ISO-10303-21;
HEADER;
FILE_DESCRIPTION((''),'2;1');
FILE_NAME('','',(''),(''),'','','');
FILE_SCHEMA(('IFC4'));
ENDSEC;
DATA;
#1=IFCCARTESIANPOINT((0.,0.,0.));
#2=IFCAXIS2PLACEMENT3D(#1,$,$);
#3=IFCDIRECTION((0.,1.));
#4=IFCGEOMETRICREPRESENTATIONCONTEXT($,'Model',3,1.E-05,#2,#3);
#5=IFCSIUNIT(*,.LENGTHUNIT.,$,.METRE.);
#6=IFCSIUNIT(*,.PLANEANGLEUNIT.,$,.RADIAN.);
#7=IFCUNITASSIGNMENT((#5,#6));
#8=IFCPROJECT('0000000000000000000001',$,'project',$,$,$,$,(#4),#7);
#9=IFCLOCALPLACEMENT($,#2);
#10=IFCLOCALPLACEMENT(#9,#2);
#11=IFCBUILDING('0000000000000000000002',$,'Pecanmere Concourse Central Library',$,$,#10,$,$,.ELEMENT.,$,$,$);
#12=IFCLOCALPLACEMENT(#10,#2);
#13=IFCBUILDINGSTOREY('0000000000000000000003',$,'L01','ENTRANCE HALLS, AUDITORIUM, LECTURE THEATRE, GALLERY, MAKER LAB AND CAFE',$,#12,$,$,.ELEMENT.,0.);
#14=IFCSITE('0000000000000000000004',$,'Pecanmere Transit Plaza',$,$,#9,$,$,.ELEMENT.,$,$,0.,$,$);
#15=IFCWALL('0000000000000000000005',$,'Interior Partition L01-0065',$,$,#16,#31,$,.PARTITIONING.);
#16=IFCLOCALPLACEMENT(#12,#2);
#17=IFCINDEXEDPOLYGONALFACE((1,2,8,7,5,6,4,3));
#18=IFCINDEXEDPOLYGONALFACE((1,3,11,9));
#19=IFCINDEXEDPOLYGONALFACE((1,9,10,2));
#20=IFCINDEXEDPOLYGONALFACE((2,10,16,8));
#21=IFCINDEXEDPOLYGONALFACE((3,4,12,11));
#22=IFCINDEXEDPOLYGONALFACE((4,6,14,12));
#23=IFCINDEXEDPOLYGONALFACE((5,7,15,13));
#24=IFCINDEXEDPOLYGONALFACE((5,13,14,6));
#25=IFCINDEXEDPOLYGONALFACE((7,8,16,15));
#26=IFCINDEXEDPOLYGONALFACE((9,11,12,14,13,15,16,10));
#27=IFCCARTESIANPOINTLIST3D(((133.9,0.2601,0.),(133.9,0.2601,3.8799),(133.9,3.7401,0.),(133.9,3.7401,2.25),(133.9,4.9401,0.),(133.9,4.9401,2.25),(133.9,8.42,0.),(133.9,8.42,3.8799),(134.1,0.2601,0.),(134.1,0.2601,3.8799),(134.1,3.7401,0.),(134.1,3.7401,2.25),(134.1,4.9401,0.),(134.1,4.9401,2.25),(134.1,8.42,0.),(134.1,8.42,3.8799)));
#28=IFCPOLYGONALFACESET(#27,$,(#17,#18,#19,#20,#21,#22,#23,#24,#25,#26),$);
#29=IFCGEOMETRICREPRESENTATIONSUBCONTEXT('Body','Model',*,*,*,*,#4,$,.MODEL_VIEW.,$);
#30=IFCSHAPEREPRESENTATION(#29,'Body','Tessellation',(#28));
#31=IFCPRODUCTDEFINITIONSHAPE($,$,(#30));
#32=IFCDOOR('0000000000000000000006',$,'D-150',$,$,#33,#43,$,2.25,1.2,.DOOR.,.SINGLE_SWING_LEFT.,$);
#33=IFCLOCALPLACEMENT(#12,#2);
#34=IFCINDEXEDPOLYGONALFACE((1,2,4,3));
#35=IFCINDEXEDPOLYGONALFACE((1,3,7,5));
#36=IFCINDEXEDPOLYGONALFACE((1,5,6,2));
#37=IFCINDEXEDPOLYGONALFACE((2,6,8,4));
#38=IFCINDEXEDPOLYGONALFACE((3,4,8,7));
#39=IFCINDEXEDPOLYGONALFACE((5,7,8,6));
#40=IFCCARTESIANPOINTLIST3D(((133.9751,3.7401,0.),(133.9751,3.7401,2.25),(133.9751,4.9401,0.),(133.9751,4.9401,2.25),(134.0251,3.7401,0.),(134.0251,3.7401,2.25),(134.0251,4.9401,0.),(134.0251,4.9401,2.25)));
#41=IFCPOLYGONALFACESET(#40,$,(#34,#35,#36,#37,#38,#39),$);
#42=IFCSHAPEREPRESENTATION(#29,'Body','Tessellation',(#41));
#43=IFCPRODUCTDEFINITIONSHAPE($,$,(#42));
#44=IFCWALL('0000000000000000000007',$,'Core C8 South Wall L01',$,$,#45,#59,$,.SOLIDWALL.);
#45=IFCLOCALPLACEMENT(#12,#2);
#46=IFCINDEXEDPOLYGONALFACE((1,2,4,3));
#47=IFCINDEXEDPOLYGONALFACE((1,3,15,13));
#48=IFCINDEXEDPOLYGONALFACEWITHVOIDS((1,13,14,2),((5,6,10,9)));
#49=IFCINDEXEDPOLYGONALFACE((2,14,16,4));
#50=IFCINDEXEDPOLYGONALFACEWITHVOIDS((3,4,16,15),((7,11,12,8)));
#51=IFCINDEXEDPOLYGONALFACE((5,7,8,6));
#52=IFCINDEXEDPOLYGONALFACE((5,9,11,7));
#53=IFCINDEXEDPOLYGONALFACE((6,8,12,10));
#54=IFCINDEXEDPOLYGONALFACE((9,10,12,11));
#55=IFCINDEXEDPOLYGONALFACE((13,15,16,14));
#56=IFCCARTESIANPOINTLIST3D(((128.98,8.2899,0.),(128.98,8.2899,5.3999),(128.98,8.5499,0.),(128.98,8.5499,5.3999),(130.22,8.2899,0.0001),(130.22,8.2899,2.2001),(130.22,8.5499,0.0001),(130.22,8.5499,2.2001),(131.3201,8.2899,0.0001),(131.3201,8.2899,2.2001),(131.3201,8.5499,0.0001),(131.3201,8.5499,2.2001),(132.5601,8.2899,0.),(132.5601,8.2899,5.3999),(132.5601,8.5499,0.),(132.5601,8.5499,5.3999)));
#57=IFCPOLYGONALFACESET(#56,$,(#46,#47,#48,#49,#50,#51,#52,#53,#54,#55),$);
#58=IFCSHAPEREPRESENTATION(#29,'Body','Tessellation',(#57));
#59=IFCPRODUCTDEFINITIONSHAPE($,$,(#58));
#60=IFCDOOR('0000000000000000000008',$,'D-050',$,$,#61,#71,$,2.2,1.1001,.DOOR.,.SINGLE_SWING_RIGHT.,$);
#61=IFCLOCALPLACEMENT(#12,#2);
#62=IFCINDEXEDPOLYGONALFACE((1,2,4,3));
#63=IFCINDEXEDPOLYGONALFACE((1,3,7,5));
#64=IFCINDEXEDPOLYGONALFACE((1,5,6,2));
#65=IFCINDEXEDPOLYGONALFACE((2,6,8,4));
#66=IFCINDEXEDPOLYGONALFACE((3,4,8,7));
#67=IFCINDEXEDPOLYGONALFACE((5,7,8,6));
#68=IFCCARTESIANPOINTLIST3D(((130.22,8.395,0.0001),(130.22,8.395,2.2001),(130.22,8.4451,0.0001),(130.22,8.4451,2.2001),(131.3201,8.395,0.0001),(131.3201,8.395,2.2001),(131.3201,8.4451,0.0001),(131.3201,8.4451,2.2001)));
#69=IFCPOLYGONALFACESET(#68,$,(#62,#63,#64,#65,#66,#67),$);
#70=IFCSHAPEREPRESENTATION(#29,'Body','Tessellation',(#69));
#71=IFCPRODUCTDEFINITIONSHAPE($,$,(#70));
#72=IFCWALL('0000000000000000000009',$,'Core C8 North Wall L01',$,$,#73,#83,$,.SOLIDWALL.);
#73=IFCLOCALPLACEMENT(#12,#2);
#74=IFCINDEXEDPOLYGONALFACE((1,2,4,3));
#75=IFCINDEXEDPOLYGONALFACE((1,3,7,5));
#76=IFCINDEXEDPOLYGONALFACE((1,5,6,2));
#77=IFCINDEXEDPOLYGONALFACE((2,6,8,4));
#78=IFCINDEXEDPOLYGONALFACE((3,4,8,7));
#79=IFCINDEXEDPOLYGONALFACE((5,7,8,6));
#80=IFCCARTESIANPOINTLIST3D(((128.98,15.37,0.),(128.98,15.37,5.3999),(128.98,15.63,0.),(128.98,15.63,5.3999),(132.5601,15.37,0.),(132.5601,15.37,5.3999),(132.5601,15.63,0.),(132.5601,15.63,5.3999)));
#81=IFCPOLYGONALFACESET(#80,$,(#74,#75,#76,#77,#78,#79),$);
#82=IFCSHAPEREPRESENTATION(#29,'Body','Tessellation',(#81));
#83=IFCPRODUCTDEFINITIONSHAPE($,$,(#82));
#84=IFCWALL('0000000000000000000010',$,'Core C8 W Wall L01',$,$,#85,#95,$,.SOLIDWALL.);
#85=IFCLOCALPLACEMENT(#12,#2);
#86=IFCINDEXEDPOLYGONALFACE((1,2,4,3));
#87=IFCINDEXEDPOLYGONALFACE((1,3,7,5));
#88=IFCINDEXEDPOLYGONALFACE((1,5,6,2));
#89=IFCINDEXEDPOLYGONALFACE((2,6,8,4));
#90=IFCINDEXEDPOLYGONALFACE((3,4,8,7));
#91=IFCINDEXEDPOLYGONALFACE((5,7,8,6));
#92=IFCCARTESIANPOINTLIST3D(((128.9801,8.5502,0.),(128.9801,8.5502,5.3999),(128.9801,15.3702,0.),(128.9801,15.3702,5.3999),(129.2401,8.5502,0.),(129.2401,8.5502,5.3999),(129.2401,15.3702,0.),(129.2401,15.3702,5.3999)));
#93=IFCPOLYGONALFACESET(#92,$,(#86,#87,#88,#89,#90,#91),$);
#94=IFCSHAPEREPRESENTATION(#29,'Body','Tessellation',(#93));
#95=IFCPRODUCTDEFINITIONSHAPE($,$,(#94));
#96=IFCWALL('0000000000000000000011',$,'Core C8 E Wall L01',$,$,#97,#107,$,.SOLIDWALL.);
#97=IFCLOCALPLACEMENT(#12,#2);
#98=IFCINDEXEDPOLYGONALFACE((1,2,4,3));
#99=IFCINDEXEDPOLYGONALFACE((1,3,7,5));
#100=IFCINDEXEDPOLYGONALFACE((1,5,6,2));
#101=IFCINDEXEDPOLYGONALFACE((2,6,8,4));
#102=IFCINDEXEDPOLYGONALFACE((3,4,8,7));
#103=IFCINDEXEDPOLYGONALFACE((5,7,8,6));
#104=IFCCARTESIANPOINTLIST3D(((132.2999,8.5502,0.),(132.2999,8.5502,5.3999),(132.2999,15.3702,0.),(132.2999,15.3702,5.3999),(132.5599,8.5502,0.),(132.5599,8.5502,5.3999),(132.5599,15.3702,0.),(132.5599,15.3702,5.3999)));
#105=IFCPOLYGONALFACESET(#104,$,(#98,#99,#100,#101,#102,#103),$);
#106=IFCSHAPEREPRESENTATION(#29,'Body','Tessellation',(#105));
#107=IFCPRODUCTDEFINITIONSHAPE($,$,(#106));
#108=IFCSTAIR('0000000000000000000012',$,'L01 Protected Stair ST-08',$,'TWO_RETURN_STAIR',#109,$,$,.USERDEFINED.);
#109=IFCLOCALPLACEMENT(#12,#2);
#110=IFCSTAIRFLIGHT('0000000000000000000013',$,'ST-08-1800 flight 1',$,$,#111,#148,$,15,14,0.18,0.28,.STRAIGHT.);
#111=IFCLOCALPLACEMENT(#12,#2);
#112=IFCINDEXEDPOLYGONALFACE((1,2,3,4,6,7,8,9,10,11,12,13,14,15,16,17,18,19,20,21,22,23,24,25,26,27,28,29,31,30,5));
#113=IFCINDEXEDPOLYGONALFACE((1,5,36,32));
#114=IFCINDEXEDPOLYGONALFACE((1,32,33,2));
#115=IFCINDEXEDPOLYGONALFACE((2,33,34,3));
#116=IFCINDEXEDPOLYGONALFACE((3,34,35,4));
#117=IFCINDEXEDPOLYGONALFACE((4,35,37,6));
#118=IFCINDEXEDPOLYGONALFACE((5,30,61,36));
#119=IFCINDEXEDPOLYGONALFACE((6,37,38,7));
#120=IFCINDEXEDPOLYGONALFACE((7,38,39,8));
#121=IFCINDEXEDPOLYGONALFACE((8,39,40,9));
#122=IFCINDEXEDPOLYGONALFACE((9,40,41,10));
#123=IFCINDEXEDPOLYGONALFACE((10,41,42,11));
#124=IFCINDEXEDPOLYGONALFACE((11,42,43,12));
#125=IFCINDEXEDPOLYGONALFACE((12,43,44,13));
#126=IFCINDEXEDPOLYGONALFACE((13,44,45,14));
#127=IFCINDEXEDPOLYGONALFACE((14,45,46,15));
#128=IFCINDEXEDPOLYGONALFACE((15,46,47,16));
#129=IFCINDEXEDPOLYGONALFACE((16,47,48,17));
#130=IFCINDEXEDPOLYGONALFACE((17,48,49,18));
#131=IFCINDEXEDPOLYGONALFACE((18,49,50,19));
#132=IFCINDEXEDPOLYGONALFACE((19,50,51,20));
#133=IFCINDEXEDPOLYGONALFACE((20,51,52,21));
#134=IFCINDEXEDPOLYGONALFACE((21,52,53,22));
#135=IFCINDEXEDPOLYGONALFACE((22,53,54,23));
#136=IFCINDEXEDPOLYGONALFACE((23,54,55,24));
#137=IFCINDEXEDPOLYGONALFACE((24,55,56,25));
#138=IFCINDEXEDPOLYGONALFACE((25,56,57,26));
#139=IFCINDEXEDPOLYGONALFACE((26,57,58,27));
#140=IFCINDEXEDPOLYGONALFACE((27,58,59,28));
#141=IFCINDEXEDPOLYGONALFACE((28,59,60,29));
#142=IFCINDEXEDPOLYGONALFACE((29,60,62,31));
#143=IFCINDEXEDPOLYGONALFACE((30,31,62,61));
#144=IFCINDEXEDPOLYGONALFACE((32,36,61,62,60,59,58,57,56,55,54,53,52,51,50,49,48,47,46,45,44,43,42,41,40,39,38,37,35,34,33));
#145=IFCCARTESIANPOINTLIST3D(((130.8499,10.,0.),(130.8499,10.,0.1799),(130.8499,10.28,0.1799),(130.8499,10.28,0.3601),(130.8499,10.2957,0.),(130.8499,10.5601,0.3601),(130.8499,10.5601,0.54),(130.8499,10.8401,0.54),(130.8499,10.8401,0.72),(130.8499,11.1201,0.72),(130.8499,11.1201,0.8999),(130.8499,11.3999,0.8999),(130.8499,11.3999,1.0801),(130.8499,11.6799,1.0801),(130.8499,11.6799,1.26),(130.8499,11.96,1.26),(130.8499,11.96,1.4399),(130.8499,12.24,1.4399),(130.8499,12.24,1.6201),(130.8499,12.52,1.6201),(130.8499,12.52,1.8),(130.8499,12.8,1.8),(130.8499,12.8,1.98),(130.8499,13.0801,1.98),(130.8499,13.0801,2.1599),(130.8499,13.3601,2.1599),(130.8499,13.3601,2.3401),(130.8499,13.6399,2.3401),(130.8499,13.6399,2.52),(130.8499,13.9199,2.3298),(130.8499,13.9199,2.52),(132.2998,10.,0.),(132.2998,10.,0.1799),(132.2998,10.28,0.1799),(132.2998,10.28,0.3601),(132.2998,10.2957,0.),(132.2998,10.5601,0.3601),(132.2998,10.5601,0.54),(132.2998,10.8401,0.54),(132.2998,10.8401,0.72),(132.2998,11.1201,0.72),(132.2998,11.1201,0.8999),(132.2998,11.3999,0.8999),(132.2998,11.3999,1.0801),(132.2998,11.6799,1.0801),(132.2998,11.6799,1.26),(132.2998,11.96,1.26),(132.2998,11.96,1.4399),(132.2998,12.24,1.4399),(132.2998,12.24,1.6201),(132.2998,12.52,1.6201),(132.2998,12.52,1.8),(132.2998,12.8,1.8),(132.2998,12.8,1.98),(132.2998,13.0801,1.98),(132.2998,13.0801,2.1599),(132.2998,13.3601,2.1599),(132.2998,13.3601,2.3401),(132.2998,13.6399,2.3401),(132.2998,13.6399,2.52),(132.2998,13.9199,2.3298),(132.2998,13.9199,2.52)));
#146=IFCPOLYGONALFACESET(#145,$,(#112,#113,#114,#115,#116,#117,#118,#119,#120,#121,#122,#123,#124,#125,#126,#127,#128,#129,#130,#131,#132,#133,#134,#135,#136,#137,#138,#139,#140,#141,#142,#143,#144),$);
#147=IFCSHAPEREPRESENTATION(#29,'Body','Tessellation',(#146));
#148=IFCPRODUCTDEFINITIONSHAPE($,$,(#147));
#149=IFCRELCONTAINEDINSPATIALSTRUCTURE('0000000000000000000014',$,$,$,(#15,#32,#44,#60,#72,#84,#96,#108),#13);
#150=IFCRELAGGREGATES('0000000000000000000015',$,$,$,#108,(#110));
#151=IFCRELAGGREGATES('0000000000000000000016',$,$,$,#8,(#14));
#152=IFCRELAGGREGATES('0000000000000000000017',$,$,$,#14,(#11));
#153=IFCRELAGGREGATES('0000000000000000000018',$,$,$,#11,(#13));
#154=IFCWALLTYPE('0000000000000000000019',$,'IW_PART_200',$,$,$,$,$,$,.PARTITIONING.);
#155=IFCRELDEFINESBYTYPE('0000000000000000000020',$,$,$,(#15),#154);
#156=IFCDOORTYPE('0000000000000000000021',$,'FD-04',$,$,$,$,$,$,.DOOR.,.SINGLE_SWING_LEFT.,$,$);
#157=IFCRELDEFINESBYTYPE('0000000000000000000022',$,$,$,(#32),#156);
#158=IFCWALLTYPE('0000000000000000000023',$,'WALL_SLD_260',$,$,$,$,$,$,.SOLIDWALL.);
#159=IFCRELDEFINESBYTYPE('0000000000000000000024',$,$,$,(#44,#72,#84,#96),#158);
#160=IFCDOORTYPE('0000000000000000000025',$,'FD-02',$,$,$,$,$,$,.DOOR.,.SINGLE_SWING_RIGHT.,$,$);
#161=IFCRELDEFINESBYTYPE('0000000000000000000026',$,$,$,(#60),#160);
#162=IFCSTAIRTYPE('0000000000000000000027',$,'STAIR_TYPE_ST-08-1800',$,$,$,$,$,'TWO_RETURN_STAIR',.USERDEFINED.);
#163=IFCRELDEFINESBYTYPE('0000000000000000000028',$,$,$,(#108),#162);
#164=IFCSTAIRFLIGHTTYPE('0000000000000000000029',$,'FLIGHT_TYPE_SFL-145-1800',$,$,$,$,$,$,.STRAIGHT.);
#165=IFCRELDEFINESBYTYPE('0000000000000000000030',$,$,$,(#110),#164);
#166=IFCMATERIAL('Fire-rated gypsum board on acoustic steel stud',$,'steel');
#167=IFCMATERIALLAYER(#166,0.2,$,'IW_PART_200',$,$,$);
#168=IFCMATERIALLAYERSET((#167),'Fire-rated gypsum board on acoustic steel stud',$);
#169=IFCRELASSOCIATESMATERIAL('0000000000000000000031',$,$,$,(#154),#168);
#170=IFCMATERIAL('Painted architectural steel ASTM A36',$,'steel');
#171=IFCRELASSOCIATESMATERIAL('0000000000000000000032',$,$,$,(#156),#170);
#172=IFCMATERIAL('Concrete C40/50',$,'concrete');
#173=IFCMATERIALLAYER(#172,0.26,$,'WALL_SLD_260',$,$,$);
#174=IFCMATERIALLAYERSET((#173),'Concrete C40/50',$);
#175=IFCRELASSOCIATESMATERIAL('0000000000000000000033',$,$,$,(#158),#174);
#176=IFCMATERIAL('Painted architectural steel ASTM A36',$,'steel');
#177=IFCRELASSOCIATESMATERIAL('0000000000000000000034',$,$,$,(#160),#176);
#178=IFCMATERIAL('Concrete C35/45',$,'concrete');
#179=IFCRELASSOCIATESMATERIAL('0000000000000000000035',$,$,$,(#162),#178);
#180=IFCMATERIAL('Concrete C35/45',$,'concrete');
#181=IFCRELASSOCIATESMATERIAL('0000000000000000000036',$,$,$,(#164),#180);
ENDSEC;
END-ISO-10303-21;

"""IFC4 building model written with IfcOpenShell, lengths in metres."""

from ifc_helpers import new_model, si_unit, direction, frame, frame_2d, origin, place, context, subcontext, project, spatial, polyline, rectangle, outline, extrude, material, layer, layer_set, type_object, element, fill, aggregate, save


model = new_model("IFC4")

# Units and contexts
model_context = context("Model", 3, precision=1e-05, world=origin(), true_north=direction((0.0, 1.0)))
body_context = subcontext(model_context, "Body", "Model", "MODEL_VIEW")
ifc_project = project(units=[si_unit("LENGTHUNIT", "METRE"), si_unit("PLANEANGLEUNIT", "RADIAN")], contexts=[model_context])

# Site, building, storey
site_placement = place(None, origin())
site = spatial("IfcSite", under=ifc_project, at=site_placement, Name="Pecanmere Transit Plaza", CompositionType="ELEMENT", RefElevation=0.0)
building_placement = place(site_placement, origin())
building = spatial("IfcBuilding", under=site, at=building_placement, Name="Pecanmere Concourse Central Library", CompositionType="ELEMENT")
storey_placement = place(building_placement, origin())
storey = spatial("IfcBuildingStorey", under=building, at=storey_placement, Name="L01", Description="ENTRANCE HALLS, AUDITORIUM, LECTURE THEATRE, GALLERY, MAKER LAB AND CAFE", CompositionType="ELEMENT", Elevation=0.0)

# Walls, openings, doors
ifc_material_1 = material(Name="Fire-rated gypsum board on acoustic steel stud", Category="steel")
ifc_layer_1 = layer(ifc_material_1, 0.2, Name="IW_PART_200")
ifc_layer_set_1 = layer_set([ifc_layer_1], Name="Fire-rated gypsum board on acoustic steel stud")
wall_type_1 = type_object("IfcWallType", Name="IW_PART_200", PredefinedType="PARTITIONING", material=ifc_layer_set_1)
wall_1_placement = place(storey_placement, frame((134.0, 0.26, 0.0), z_axis=(0.0, 0.0, 1.0), x_axis=(0.0, 1.0, 0.0)))
wall_1 = element("IfcWall", 1, at=wall_1_placement, inside=storey, type_object=wall_type_1, Name="Interior Partition L01-0065", PredefinedType="PARTITIONING", context=body_context, shape_type="SweptSolid", body=[
    extrude(rectangle(XDim=8.1599, YDim=0.2, at=frame_2d((4.0801, 0.0))), origin(), (0.0, 0.0, 1.0), 3.8799),
])
opening_1_placement = place(wall_1_placement, frame((3.48, 0.0, 0.0)))
opening_1 = element("IfcOpeningElement", 2, at=opening_1_placement, cuts=wall_1, PredefinedType="OPENING", context=body_context, shape_type="SweptSolid", body=[
    extrude(rectangle(XDim=1.2, YDim=2.25, at=frame_2d((0.6001, 1.125))), frame((0.0, 0.1118, 0.0), z_axis=(0.0, -1.0, 0.0), x_axis=(1.0, 0.0, 0.0)), (0.0, 0.0, 1.0), 0.2239),
])
ifc_material_2 = material(Name="Painted architectural steel ASTM A36", Category="steel")
door_type_1 = type_object("IfcDoorType", Name="FD-04", OperationType="SINGLE_SWING_LEFT", PredefinedType="DOOR", material=ifc_material_2)
door_1_placement = place(opening_1_placement, origin())
door_1 = element("IfcDoor", 3, at=door_1_placement, inside=storey, type_object=door_type_1, Name="D-150", OperationType="SINGLE_SWING_LEFT", OverallHeight=2.25, OverallWidth=1.2, PredefinedType="DOOR", context=body_context, shape_type="SweptSolid", body=[
    extrude(rectangle(XDim=1.2, YDim=2.25, at=frame_2d((0.6001, 1.125))), frame((0.0, 0.0249, 0.0), z_axis=(0.0, -1.0, 0.0), x_axis=(1.0, 0.0, 0.0)), (0.0, 0.0, 1.0), 0.05),
])
fill(opening_1, door_1)
ifc_material_3 = material(Name="Concrete C40/50", Category="concrete")
ifc_layer_2 = layer(ifc_material_3, 0.26, Name="WALL_SLD_260")
ifc_layer_set_2 = layer_set([ifc_layer_2], Name="Concrete C40/50")
wall_type_2 = type_object("IfcWallType", Name="WALL_SLD_260", PredefinedType="SOLIDWALL", material=ifc_layer_set_2)
wall_2_placement = place(storey_placement, frame((128.98, 8.4199, 0.0), z_axis=(0.0, 0.0, 1.0), x_axis=(1.0, 0.0, 0.0)))
wall_2 = element("IfcWall", 4, at=wall_2_placement, inside=storey, type_object=wall_type_2, Name="Core C8 South Wall L01", PredefinedType="SOLIDWALL", context=body_context, shape_type="SweptSolid", body=[
    extrude(rectangle(XDim=3.5801, YDim=0.26, at=frame_2d((1.79, 0.0))), origin(), (0.0, 0.0, 1.0), 5.3999),
])
opening_2_placement = place(wall_2_placement, frame((1.24, 0.0, 0.0)))
opening_2 = element("IfcOpeningElement", 5, at=opening_2_placement, cuts=wall_2, PredefinedType="OPENING", context=body_context, shape_type="SweptSolid", body=[
    extrude(rectangle(XDim=1.1001, YDim=2.2, at=frame_2d((0.55, 1.1001))), frame((0.0, 0.1421, 0.0), z_axis=(0.0, -1.0, 0.0), x_axis=(1.0, 0.0, 0.0)), (0.0, 0.0, 1.0), 0.2839),
])
ifc_material_4 = material(Name="Painted architectural steel ASTM A36", Category="steel")
door_type_2 = type_object("IfcDoorType", Name="FD-02", OperationType="SINGLE_SWING_RIGHT", PredefinedType="DOOR", material=ifc_material_4)
door_2_placement = place(opening_2_placement, frame((1.1001, 0.0, 0.0), z_axis=(0.0, 0.0, 1.0), x_axis=(-1.0, 0.0, 0.0)))
door_2 = element("IfcDoor", 6, at=door_2_placement, inside=storey, type_object=door_type_2, Name="D-050", OperationType="SINGLE_SWING_RIGHT", OverallHeight=2.2, OverallWidth=1.1001, PredefinedType="DOOR", context=body_context, shape_type="SweptSolid", body=[
    extrude(rectangle(XDim=1.1001, YDim=2.2, at=frame_2d((0.55, 1.1001))), frame((0.0, 0.0249, 0.0), z_axis=(0.0, -1.0, 0.0), x_axis=(1.0, 0.0, 0.0)), (0.0, 0.0, 1.0), 0.05),
])
fill(opening_2, door_2)

# Walls
wall_3_placement = place(storey_placement, frame((128.98, 15.5, 0.0), z_axis=(0.0, 0.0, 1.0), x_axis=(1.0, 0.0, 0.0)))
element("IfcWall", 7, at=wall_3_placement, inside=storey, type_object=wall_type_2, Name="Core C8 North Wall L01", PredefinedType="SOLIDWALL", context=body_context, shape_type="SweptSolid", body=[
    extrude(rectangle(XDim=3.5801, YDim=0.26, at=frame_2d((1.79, 0.0))), origin(), (0.0, 0.0, 1.0), 5.3999),
])
for number, where, z_axis, x_axis, name in (
    (8, (129.1101, 8.55, 0.0), (0.0, 0.0, 1.0), (0.0, 1.0, 0.0), "Core C8 W Wall L01"),
    (9, (132.4299, 8.55, 0.0), (0.0, 0.0, 1.0), (0.0, 1.0, 0.0), "Core C8 E Wall L01"),
):
    element("IfcWall", number, at=place(storey_placement, frame(where, z_axis=z_axis, x_axis=x_axis)), inside=storey, type_object=wall_type_2, Name=name, PredefinedType="SOLIDWALL", context=body_context, shape_type="SweptSolid", body=[
        extrude(rectangle(XDim=6.8201, YDim=0.26, at=frame_2d((3.4102, 0.0))), origin(), (0.0, 0.0, 1.0), 5.3999),
    ])

# Stair, stair flight
ifc_material_5 = material(Name="Concrete C35/45", Category="concrete")
stair_type = type_object("IfcStairType", Name="STAIR_TYPE_ST-08-1800", ElementType="TWO_RETURN_STAIR", PredefinedType="USERDEFINED", material=ifc_material_5)
stair_placement = place(storey_placement, origin())
stair = element("IfcStair", 10, at=stair_placement, inside=storey, type_object=stair_type, Name="L01 Protected Stair ST-08", ObjectType="TWO_RETURN_STAIR", PredefinedType="USERDEFINED")
ifc_material_6 = material(Name="Concrete C35/45", Category="concrete")
stair_flight_type = type_object("IfcStairFlightType", Name="FLIGHT_TYPE_SFL-145-1800", PredefinedType="STRAIGHT", material=ifc_material_6)
stair_flight_1_placement = place(storey_placement, frame((131.575, 10.0, 0.0), z_axis=(0.0, 0.0, 1.0), x_axis=(0.0, 1.0, 0.0)))
stair_flight_1 = element("IfcStairFlight", 11, at=stair_flight_1_placement, type_object=stair_flight_type, Name="ST-08-1800 flight 1", NumberOfRisers=15, NumberOfTreads=14, PredefinedType="STRAIGHT", RiserHeight=0.18, TreadLength=0.28, context=body_context, shape_type="SweptSolid", body=[
    extrude(outline(polyline([(0.0, 0.0), (0.0, 0.1799), (0.28, 0.1799), (0.28, 0.3601), (0.5601, 0.3601), (0.5601, 0.54), (0.8401, 0.54), (0.8401, 0.72), (1.1201, 0.72), (1.1201, 0.8999), (1.3999, 0.8999), (1.3999, 1.0801), (1.6799, 1.0801), (1.6799, 1.26), (1.96, 1.26), (1.96, 1.4399), (2.24, 1.4399), (2.24, 1.6201), (2.52, 1.6201), (2.52, 1.8), (2.8, 1.8), (2.8, 1.98), (3.0801, 1.98), (3.0801, 2.1599), (3.3601, 2.1599), (3.3601, 2.3401), (3.6399, 2.3401), (3.6399, 2.52), (3.9199, 2.52), (3.9199, 2.7), (3.9199, 2.3298), (0.2957, 0.0), (0.0, 0.0)])), frame((0.0, 0.7251, 0.0), z_axis=(0.0, -1.0, 0.0), x_axis=(1.0, 0.0, 0.0)), (0.0, 0.0, 1.0), 1.45),
])
aggregate(stair, [stair_flight_1])

save(model, "model.ifc")
